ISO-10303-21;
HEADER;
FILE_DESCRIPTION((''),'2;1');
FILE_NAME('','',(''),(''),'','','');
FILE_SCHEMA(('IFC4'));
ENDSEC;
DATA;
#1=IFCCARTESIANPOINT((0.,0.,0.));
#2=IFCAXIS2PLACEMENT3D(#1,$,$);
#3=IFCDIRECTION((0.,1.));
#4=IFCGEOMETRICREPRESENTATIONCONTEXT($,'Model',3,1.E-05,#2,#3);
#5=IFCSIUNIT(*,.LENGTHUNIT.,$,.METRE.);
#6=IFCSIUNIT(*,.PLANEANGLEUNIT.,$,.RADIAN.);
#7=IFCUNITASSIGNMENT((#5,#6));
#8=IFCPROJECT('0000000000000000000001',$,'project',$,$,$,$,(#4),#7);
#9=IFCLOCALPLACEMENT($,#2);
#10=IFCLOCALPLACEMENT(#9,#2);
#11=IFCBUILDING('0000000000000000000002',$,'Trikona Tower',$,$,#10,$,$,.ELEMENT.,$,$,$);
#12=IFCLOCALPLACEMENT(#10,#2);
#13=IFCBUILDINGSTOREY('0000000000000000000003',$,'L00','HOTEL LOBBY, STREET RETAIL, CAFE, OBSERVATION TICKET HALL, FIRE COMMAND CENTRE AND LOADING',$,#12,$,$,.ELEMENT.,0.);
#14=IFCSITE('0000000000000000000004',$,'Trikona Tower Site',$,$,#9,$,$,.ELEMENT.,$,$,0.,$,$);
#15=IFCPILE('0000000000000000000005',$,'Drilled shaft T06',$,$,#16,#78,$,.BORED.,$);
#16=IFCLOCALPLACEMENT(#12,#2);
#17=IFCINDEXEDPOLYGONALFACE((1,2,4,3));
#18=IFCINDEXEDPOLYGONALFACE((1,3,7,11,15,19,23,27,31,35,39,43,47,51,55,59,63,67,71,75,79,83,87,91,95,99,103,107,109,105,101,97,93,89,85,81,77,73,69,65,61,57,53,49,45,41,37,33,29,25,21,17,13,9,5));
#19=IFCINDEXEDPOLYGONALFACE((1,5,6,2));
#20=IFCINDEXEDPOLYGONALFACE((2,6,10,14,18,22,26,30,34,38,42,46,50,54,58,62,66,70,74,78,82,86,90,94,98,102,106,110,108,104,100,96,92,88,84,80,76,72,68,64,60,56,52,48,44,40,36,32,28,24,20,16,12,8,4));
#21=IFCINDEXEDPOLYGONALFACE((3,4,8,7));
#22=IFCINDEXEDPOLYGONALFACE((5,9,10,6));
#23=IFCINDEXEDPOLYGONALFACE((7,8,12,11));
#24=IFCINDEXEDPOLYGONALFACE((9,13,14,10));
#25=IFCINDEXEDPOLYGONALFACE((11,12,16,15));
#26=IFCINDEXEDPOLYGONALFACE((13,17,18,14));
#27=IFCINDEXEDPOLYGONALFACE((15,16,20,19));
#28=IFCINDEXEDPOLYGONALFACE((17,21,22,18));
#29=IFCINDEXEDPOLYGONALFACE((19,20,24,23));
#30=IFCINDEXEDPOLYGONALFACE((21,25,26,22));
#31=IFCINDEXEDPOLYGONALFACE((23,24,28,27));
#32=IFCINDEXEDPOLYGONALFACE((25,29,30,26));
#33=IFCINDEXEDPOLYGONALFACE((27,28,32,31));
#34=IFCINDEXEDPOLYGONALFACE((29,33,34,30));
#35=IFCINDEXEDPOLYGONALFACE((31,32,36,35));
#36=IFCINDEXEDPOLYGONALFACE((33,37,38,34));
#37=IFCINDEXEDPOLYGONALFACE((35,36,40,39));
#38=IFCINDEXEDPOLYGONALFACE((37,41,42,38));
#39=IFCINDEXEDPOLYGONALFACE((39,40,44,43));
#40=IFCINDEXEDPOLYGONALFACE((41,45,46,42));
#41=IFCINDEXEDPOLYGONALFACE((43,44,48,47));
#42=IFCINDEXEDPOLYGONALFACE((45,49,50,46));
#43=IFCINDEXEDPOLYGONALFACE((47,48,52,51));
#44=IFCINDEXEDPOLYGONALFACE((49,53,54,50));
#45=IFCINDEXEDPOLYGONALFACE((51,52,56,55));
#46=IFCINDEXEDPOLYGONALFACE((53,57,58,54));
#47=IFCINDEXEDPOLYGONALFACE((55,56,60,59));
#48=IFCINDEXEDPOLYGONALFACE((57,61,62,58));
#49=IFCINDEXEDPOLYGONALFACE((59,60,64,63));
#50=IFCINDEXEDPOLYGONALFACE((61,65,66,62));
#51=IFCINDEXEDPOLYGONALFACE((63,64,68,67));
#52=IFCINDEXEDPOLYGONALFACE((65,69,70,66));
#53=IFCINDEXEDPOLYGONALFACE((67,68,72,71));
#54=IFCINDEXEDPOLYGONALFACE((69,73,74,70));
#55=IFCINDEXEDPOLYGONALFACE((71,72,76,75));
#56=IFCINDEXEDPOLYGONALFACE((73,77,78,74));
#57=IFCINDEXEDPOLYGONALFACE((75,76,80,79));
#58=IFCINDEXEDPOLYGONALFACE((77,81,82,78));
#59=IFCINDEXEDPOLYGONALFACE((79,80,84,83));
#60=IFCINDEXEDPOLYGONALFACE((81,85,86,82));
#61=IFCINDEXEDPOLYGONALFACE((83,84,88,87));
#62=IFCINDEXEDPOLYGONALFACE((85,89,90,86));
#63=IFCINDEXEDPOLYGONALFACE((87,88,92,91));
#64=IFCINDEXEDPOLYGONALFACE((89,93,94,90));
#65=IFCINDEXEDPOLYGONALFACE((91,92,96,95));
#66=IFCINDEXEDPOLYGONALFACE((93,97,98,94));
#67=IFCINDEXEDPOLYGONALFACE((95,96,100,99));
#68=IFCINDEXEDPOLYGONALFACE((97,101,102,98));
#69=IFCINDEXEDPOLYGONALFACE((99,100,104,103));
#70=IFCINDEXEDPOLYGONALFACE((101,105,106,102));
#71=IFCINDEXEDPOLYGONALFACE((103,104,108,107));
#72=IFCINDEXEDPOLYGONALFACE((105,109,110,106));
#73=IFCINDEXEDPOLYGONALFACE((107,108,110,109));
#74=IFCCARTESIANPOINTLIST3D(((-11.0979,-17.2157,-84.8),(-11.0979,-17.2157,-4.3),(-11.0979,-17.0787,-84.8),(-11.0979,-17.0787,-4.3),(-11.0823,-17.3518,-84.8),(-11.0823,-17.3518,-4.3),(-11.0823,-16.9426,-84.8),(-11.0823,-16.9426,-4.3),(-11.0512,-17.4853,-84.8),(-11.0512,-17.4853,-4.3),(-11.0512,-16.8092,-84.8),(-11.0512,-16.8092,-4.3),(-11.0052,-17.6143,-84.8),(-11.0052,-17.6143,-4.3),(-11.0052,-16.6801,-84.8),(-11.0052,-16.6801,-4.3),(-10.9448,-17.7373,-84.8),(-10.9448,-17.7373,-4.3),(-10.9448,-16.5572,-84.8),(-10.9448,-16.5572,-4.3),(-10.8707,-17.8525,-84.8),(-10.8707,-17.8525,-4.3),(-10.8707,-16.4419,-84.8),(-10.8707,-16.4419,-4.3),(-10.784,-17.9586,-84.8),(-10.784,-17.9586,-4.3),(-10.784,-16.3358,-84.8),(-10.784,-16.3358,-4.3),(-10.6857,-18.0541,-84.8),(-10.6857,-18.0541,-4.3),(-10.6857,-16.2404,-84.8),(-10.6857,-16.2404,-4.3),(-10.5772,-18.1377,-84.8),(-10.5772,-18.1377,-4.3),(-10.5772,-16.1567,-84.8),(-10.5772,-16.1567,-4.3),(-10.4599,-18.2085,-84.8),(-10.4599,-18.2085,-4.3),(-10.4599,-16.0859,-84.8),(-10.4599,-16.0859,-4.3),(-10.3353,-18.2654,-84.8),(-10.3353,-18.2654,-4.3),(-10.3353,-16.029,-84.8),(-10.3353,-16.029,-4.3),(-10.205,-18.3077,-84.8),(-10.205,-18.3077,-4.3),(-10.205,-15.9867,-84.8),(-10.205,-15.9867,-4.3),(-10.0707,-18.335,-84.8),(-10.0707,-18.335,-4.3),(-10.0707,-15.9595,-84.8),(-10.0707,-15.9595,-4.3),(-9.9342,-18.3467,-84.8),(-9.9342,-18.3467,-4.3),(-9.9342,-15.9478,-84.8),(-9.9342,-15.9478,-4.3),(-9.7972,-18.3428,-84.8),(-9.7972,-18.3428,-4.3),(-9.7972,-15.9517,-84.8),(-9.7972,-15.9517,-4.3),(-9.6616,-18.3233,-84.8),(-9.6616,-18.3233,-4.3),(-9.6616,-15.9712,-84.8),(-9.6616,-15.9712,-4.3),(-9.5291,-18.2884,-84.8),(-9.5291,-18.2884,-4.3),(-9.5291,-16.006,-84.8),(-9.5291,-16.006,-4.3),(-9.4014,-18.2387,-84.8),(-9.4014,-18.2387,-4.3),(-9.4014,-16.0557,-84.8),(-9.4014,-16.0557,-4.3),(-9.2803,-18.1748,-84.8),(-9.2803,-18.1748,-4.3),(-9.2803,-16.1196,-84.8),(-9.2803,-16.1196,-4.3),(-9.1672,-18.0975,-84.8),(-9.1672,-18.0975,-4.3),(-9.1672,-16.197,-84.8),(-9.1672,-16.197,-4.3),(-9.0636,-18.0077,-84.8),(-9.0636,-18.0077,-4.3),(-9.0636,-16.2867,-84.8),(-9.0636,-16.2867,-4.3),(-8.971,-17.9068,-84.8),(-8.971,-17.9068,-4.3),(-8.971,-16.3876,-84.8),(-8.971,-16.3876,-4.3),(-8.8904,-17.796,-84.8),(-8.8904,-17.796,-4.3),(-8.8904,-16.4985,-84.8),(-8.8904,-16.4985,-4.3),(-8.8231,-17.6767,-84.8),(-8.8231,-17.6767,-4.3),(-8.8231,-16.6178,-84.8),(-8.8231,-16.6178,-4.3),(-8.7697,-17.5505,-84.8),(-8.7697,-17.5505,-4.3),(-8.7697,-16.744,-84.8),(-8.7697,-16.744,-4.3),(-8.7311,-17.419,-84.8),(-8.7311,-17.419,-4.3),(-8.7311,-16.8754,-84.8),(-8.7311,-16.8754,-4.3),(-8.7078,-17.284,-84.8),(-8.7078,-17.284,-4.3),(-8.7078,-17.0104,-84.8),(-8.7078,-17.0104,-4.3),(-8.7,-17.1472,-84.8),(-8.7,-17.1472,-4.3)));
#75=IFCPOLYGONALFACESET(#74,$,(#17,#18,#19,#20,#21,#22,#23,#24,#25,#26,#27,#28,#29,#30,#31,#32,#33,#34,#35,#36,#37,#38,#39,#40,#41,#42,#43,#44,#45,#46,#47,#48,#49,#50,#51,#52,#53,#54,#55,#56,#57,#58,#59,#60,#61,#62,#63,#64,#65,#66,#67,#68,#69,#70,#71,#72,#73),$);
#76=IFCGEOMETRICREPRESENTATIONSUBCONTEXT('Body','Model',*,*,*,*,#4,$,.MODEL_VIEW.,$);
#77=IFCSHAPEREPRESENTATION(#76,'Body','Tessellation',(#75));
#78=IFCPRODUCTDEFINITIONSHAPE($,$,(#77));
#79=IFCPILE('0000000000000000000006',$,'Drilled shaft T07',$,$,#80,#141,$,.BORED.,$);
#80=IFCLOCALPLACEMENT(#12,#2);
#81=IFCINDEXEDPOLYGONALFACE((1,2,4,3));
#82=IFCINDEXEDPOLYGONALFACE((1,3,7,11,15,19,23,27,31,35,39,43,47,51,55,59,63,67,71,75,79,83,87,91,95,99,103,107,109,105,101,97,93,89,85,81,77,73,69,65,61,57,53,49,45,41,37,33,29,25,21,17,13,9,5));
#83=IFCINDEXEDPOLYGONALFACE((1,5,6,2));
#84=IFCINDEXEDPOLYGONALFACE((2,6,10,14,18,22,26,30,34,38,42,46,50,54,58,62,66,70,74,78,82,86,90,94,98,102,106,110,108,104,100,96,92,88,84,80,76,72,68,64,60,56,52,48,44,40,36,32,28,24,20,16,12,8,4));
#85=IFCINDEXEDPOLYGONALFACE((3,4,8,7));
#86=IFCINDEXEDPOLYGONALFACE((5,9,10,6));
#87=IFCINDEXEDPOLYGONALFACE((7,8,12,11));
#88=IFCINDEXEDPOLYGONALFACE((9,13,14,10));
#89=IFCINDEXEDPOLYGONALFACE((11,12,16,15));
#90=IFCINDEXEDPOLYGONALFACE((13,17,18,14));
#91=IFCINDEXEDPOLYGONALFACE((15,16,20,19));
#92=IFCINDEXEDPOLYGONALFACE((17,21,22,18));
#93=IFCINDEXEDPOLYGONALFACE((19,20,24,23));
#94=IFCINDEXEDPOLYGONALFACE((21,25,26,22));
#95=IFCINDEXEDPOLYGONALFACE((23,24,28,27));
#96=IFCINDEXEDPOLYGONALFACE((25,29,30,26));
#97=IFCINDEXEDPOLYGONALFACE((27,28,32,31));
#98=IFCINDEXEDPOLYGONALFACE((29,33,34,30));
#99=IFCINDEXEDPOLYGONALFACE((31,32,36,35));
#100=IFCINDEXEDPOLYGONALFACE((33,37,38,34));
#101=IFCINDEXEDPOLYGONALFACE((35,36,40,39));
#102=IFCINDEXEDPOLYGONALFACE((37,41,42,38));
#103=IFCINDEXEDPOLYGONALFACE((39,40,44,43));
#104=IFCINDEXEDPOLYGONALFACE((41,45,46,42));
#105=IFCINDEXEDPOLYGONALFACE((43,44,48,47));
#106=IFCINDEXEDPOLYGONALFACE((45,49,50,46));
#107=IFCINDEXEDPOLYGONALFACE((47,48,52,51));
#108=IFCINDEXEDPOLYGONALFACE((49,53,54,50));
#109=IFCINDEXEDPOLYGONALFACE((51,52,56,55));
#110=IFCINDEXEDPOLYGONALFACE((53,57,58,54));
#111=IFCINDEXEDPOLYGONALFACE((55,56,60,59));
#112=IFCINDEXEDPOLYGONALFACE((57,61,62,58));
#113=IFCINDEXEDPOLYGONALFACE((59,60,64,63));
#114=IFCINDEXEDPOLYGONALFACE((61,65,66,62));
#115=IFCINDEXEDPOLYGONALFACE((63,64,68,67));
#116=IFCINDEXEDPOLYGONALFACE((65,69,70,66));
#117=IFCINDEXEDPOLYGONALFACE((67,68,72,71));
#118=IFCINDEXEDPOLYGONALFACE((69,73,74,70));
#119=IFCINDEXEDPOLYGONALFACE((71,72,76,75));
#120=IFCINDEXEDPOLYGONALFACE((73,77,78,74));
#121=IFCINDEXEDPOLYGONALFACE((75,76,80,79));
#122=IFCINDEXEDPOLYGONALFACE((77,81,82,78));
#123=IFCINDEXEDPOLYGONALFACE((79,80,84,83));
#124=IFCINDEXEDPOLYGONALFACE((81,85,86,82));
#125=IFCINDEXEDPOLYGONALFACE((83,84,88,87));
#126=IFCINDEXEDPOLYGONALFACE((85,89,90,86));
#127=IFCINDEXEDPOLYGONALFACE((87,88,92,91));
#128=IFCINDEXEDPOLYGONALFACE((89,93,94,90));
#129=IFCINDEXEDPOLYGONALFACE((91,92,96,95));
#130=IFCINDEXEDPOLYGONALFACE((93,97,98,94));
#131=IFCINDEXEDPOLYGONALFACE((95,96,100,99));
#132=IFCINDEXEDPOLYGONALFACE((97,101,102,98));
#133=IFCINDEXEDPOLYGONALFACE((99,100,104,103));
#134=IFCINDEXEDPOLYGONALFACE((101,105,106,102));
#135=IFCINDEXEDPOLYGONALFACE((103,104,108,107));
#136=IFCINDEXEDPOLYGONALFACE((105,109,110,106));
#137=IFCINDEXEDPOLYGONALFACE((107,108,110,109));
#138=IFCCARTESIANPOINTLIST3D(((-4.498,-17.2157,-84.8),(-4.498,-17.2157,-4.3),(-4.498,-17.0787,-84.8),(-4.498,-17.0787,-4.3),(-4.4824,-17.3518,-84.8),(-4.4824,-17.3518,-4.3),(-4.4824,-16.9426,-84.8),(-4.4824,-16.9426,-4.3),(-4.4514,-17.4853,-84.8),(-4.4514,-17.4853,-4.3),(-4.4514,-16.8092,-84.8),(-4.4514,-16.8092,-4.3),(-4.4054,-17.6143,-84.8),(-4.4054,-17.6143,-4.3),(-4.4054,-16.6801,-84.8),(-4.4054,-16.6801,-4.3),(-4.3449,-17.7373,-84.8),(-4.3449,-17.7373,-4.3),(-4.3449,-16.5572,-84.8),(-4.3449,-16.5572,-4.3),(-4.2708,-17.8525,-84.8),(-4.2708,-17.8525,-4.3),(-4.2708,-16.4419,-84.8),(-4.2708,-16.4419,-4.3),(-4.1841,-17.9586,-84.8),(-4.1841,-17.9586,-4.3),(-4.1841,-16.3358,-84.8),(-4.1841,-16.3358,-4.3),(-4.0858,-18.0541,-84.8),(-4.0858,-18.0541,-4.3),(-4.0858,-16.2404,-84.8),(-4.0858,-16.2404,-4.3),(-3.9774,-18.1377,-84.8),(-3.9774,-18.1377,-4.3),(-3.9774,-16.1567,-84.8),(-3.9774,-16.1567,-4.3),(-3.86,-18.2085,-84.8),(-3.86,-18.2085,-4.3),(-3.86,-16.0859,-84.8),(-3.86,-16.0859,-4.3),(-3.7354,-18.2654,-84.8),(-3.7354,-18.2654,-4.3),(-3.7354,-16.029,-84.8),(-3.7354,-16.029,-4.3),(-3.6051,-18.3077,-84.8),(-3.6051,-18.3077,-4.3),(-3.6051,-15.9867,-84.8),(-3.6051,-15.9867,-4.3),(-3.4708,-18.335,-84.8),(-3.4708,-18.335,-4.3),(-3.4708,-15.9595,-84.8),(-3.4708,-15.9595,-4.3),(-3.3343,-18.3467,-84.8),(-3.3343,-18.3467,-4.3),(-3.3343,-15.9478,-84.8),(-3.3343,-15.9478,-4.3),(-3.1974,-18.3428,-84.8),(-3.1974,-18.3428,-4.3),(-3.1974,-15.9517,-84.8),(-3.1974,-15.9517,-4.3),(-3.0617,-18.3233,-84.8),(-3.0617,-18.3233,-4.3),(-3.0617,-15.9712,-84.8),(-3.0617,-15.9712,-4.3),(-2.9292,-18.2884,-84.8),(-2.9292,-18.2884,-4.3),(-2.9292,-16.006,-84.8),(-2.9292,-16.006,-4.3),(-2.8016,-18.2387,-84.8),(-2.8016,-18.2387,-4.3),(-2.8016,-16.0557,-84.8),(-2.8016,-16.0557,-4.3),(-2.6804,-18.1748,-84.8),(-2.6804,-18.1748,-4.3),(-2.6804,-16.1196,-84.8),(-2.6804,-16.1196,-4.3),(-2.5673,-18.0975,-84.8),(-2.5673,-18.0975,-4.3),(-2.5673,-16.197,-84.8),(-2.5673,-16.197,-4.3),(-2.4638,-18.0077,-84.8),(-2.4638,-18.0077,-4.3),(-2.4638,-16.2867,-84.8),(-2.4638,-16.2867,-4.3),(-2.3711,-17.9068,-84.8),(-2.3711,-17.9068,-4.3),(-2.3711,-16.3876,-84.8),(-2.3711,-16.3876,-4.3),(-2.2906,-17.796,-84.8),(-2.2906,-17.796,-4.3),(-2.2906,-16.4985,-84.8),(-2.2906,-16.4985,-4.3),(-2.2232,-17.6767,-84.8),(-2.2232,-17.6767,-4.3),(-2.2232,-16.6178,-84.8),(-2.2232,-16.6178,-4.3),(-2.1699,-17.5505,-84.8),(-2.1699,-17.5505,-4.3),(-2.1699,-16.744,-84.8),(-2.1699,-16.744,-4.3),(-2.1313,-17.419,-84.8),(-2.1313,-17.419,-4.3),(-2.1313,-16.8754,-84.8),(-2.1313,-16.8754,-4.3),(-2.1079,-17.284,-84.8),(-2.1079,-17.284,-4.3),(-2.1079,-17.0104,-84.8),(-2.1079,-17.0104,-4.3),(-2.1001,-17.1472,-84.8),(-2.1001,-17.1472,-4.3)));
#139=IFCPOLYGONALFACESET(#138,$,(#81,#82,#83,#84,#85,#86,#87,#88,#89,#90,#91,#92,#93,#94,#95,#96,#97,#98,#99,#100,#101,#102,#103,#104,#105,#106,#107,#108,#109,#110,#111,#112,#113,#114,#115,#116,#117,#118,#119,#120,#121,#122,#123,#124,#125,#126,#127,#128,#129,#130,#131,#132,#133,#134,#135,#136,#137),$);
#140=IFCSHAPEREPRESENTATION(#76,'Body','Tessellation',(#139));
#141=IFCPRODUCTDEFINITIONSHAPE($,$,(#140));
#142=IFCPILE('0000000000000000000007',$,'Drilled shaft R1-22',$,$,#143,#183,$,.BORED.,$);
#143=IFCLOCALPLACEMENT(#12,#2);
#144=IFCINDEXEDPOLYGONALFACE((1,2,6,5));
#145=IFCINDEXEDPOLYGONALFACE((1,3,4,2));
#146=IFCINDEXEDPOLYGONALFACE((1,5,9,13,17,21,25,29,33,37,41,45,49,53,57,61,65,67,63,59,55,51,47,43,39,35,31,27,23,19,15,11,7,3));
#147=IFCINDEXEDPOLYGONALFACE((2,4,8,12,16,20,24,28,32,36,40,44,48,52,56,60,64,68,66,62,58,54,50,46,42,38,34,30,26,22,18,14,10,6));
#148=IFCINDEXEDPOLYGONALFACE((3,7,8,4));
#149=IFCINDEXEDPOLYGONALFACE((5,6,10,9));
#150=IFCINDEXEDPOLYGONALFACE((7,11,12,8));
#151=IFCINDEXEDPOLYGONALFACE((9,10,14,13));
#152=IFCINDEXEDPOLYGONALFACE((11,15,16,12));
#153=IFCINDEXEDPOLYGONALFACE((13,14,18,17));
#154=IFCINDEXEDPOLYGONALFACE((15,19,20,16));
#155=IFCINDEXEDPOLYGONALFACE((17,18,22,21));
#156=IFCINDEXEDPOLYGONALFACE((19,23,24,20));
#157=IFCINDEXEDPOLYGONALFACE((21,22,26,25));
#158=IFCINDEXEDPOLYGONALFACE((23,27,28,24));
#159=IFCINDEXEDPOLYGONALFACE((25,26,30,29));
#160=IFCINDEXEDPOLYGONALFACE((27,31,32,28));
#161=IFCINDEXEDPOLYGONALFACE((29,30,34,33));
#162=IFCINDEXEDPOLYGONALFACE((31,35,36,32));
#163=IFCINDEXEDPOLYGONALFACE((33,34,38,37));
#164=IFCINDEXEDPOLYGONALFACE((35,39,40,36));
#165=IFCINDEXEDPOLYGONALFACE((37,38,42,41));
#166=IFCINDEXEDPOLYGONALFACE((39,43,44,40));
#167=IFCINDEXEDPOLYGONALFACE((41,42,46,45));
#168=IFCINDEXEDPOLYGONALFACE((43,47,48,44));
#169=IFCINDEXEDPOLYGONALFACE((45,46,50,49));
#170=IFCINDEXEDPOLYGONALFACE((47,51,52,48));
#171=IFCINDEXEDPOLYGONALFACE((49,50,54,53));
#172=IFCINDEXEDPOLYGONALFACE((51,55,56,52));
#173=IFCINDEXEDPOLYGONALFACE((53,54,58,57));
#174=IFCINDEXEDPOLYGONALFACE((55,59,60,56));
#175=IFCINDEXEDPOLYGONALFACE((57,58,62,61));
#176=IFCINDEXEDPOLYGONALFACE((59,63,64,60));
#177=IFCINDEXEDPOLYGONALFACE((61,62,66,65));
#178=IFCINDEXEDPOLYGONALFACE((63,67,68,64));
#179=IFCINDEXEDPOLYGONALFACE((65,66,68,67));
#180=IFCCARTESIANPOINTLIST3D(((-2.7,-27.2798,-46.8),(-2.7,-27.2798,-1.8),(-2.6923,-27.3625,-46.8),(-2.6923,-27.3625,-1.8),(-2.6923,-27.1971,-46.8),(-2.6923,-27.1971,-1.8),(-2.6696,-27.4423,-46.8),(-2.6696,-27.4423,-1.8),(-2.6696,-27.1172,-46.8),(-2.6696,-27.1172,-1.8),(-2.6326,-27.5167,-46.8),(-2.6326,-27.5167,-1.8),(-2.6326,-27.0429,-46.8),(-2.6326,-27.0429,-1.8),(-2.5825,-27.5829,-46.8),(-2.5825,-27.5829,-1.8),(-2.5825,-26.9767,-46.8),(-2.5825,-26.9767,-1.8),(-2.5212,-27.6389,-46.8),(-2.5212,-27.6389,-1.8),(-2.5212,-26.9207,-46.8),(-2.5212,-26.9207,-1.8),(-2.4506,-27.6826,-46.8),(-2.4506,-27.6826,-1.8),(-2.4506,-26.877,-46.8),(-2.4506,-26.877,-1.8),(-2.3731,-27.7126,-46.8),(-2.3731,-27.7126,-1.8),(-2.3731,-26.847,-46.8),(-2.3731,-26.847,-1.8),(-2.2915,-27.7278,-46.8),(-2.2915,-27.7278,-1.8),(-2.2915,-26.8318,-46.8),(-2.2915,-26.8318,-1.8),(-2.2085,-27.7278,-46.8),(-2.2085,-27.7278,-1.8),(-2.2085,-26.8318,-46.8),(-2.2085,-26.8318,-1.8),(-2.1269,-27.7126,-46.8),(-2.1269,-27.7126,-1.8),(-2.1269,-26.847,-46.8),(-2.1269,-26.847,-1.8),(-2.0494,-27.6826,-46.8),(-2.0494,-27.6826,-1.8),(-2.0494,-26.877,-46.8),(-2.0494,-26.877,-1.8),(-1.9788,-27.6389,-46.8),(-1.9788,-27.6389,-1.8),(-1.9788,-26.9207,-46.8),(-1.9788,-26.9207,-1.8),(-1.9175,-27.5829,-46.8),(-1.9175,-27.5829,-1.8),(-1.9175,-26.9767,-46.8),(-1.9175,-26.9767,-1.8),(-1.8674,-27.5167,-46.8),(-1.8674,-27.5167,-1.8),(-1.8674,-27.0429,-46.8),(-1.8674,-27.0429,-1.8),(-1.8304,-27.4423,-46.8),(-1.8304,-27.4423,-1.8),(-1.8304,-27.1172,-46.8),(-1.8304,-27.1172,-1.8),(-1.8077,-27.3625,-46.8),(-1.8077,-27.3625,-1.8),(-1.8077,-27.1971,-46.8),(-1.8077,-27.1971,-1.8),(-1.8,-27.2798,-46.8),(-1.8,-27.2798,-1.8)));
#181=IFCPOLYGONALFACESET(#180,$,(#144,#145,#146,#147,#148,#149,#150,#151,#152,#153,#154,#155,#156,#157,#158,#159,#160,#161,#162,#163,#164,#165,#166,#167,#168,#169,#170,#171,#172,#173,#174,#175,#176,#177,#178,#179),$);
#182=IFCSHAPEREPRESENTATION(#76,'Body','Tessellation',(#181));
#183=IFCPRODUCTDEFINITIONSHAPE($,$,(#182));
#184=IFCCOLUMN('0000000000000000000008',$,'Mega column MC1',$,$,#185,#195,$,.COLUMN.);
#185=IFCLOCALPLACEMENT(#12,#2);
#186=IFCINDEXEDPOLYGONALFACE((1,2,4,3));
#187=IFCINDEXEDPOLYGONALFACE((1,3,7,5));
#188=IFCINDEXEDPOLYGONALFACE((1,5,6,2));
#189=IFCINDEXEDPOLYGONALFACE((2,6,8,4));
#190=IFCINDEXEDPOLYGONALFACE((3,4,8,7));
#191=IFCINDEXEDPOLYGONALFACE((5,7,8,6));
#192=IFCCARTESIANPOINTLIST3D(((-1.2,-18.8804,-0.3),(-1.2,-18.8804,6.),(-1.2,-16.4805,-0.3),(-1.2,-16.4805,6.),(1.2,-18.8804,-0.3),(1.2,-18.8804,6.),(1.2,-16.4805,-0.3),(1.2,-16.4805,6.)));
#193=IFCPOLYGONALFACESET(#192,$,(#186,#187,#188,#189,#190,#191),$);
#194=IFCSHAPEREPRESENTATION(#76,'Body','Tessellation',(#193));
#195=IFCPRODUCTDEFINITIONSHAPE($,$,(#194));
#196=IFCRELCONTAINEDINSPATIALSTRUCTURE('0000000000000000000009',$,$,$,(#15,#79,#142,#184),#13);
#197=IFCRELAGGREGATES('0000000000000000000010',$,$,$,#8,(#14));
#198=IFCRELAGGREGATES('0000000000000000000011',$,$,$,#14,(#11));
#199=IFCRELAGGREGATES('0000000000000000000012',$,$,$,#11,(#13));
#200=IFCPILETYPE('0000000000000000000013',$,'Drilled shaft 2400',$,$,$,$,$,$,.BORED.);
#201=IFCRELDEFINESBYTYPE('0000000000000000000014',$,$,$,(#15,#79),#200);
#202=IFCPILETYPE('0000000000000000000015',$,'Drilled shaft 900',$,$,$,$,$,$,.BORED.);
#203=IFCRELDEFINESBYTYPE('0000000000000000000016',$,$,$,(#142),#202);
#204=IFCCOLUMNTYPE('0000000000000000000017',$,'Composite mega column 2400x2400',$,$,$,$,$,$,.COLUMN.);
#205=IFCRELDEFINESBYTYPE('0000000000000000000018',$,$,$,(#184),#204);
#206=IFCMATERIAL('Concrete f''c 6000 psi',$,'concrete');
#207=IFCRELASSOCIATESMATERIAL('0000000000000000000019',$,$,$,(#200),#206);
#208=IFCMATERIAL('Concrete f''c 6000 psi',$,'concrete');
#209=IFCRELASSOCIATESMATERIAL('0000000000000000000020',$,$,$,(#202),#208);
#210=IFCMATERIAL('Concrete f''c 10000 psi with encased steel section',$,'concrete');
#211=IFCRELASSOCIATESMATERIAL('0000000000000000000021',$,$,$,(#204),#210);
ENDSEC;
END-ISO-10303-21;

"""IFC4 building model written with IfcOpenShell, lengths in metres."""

from ifc_helpers import new_model, si_unit, direction, frame, origin, origin_2d, place, context, subcontext, project, spatial, rectangle, circle, extrude, material, material_profile, profile_set, type_object, element, save


model = new_model("IFC4")

# Units and contexts
model_context = context("Model", 3, precision=1e-05, world=origin(), true_north=direction((0.0, 1.0)))
body_context = subcontext(model_context, "Body", "Model", "MODEL_VIEW")
ifc_project = project(units=[si_unit("LENGTHUNIT", "METRE"), si_unit("PLANEANGLEUNIT", "RADIAN")], contexts=[model_context])

# Site, building, storey
site_placement = place(None, origin())
site = spatial("IfcSite", under=ifc_project, at=site_placement, Name="Trikona Tower Site", CompositionType="ELEMENT", RefElevation=0.0)
building_placement = place(site_placement, origin())
building = spatial("IfcBuilding", under=site, at=building_placement, Name="Trikona Tower", CompositionType="ELEMENT")
storey_placement = place(building_placement, origin())
storey = spatial("IfcBuildingStorey", under=building, at=storey_placement, Name="L00", Description="HOTEL LOBBY, STREET RETAIL, CAFE, OBSERVATION TICKET HALL, FIRE COMMAND CENTRE AND LOADING", CompositionType="ELEMENT", Elevation=0.0)

# Piles
ifc_material_1 = material(Name="Concrete f'c 6000 psi", Category="concrete")
pile_type_1 = type_object("IfcPileType", Name="Drilled shaft 2400", PredefinedType="BORED", material=ifc_material_1)
for number, where, z_axis, x_axis, name in (
    (1, (-9.8999, -17.1472, -4.3), (0.0, 0.0, -1.0), (1.0, 0.0, 0.0), "Drilled shaft T06"),
    (2, (-3.3, -17.1472, -4.3), (0.0, 0.0, -1.0), (1.0, 0.0, 0.0), "Drilled shaft T07"),
):
    element("IfcPile", number, at=place(storey_placement, frame(where, z_axis=z_axis, x_axis=x_axis)), inside=storey, type_object=pile_type_1, Name=name, PredefinedType="BORED", context=body_context, shape_type="SweptSolid", body=[
        extrude(circle(Radius=1.2, at=origin_2d()), origin(), (0.0, 0.0, 1.0), 80.5),
    ])
ifc_material_2 = material(Name="Concrete f'c 6000 psi", Category="concrete")
pile_type_2 = type_object("IfcPileType", Name="Drilled shaft 900", PredefinedType="BORED", material=ifc_material_2)
pile_placement = place(storey_placement, frame((-2.25, -27.2798, -1.8), z_axis=(0.0, 0.0, -1.0), x_axis=(1.0, 0.0, 0.0)))
element("IfcPile", 3, at=pile_placement, inside=storey, type_object=pile_type_2, Name="Drilled shaft R1-22", PredefinedType="BORED", context=body_context, shape_type="SweptSolid", body=[
    extrude(circle(Radius=0.45, at=origin_2d()), origin(), (0.0, 0.0, 1.0), 45.0),
])

# Column
ifc_material_3 = material(Name="Concrete f'c 10000 psi with encased steel section", Category="concrete")
ifc_material_profile_1 = material_profile(ifc_material_3, rectangle(XDim=2.3999, YDim=2.3999, at=origin_2d()), Name="MC2400")
ifc_profile_set_1 = profile_set([ifc_material_profile_1], Name="Concrete f'c 10000 psi with encased steel section")
column_type_1 = type_object("IfcColumnType", Name="Composite mega column 2400x2400", PredefinedType="COLUMN", material=ifc_profile_set_1)
column_placement = place(storey_placement, frame((0.0, -17.6804, -0.3), z_axis=(0.0, 0.0, 1.0), x_axis=(0.0, -1.0, 0.0)))
element("IfcColumn", 4, at=column_placement, inside=storey, type_object=column_type_1, Name="Mega column MC1", PredefinedType="COLUMN", context=body_context, shape_type="SweptSolid", body=[
    extrude(rectangle(XDim=2.3999, YDim=2.3999, at=origin_2d()), origin(), (0.0, 0.0, 1.0), 6.3),
])

save(model, "model.ifc")
